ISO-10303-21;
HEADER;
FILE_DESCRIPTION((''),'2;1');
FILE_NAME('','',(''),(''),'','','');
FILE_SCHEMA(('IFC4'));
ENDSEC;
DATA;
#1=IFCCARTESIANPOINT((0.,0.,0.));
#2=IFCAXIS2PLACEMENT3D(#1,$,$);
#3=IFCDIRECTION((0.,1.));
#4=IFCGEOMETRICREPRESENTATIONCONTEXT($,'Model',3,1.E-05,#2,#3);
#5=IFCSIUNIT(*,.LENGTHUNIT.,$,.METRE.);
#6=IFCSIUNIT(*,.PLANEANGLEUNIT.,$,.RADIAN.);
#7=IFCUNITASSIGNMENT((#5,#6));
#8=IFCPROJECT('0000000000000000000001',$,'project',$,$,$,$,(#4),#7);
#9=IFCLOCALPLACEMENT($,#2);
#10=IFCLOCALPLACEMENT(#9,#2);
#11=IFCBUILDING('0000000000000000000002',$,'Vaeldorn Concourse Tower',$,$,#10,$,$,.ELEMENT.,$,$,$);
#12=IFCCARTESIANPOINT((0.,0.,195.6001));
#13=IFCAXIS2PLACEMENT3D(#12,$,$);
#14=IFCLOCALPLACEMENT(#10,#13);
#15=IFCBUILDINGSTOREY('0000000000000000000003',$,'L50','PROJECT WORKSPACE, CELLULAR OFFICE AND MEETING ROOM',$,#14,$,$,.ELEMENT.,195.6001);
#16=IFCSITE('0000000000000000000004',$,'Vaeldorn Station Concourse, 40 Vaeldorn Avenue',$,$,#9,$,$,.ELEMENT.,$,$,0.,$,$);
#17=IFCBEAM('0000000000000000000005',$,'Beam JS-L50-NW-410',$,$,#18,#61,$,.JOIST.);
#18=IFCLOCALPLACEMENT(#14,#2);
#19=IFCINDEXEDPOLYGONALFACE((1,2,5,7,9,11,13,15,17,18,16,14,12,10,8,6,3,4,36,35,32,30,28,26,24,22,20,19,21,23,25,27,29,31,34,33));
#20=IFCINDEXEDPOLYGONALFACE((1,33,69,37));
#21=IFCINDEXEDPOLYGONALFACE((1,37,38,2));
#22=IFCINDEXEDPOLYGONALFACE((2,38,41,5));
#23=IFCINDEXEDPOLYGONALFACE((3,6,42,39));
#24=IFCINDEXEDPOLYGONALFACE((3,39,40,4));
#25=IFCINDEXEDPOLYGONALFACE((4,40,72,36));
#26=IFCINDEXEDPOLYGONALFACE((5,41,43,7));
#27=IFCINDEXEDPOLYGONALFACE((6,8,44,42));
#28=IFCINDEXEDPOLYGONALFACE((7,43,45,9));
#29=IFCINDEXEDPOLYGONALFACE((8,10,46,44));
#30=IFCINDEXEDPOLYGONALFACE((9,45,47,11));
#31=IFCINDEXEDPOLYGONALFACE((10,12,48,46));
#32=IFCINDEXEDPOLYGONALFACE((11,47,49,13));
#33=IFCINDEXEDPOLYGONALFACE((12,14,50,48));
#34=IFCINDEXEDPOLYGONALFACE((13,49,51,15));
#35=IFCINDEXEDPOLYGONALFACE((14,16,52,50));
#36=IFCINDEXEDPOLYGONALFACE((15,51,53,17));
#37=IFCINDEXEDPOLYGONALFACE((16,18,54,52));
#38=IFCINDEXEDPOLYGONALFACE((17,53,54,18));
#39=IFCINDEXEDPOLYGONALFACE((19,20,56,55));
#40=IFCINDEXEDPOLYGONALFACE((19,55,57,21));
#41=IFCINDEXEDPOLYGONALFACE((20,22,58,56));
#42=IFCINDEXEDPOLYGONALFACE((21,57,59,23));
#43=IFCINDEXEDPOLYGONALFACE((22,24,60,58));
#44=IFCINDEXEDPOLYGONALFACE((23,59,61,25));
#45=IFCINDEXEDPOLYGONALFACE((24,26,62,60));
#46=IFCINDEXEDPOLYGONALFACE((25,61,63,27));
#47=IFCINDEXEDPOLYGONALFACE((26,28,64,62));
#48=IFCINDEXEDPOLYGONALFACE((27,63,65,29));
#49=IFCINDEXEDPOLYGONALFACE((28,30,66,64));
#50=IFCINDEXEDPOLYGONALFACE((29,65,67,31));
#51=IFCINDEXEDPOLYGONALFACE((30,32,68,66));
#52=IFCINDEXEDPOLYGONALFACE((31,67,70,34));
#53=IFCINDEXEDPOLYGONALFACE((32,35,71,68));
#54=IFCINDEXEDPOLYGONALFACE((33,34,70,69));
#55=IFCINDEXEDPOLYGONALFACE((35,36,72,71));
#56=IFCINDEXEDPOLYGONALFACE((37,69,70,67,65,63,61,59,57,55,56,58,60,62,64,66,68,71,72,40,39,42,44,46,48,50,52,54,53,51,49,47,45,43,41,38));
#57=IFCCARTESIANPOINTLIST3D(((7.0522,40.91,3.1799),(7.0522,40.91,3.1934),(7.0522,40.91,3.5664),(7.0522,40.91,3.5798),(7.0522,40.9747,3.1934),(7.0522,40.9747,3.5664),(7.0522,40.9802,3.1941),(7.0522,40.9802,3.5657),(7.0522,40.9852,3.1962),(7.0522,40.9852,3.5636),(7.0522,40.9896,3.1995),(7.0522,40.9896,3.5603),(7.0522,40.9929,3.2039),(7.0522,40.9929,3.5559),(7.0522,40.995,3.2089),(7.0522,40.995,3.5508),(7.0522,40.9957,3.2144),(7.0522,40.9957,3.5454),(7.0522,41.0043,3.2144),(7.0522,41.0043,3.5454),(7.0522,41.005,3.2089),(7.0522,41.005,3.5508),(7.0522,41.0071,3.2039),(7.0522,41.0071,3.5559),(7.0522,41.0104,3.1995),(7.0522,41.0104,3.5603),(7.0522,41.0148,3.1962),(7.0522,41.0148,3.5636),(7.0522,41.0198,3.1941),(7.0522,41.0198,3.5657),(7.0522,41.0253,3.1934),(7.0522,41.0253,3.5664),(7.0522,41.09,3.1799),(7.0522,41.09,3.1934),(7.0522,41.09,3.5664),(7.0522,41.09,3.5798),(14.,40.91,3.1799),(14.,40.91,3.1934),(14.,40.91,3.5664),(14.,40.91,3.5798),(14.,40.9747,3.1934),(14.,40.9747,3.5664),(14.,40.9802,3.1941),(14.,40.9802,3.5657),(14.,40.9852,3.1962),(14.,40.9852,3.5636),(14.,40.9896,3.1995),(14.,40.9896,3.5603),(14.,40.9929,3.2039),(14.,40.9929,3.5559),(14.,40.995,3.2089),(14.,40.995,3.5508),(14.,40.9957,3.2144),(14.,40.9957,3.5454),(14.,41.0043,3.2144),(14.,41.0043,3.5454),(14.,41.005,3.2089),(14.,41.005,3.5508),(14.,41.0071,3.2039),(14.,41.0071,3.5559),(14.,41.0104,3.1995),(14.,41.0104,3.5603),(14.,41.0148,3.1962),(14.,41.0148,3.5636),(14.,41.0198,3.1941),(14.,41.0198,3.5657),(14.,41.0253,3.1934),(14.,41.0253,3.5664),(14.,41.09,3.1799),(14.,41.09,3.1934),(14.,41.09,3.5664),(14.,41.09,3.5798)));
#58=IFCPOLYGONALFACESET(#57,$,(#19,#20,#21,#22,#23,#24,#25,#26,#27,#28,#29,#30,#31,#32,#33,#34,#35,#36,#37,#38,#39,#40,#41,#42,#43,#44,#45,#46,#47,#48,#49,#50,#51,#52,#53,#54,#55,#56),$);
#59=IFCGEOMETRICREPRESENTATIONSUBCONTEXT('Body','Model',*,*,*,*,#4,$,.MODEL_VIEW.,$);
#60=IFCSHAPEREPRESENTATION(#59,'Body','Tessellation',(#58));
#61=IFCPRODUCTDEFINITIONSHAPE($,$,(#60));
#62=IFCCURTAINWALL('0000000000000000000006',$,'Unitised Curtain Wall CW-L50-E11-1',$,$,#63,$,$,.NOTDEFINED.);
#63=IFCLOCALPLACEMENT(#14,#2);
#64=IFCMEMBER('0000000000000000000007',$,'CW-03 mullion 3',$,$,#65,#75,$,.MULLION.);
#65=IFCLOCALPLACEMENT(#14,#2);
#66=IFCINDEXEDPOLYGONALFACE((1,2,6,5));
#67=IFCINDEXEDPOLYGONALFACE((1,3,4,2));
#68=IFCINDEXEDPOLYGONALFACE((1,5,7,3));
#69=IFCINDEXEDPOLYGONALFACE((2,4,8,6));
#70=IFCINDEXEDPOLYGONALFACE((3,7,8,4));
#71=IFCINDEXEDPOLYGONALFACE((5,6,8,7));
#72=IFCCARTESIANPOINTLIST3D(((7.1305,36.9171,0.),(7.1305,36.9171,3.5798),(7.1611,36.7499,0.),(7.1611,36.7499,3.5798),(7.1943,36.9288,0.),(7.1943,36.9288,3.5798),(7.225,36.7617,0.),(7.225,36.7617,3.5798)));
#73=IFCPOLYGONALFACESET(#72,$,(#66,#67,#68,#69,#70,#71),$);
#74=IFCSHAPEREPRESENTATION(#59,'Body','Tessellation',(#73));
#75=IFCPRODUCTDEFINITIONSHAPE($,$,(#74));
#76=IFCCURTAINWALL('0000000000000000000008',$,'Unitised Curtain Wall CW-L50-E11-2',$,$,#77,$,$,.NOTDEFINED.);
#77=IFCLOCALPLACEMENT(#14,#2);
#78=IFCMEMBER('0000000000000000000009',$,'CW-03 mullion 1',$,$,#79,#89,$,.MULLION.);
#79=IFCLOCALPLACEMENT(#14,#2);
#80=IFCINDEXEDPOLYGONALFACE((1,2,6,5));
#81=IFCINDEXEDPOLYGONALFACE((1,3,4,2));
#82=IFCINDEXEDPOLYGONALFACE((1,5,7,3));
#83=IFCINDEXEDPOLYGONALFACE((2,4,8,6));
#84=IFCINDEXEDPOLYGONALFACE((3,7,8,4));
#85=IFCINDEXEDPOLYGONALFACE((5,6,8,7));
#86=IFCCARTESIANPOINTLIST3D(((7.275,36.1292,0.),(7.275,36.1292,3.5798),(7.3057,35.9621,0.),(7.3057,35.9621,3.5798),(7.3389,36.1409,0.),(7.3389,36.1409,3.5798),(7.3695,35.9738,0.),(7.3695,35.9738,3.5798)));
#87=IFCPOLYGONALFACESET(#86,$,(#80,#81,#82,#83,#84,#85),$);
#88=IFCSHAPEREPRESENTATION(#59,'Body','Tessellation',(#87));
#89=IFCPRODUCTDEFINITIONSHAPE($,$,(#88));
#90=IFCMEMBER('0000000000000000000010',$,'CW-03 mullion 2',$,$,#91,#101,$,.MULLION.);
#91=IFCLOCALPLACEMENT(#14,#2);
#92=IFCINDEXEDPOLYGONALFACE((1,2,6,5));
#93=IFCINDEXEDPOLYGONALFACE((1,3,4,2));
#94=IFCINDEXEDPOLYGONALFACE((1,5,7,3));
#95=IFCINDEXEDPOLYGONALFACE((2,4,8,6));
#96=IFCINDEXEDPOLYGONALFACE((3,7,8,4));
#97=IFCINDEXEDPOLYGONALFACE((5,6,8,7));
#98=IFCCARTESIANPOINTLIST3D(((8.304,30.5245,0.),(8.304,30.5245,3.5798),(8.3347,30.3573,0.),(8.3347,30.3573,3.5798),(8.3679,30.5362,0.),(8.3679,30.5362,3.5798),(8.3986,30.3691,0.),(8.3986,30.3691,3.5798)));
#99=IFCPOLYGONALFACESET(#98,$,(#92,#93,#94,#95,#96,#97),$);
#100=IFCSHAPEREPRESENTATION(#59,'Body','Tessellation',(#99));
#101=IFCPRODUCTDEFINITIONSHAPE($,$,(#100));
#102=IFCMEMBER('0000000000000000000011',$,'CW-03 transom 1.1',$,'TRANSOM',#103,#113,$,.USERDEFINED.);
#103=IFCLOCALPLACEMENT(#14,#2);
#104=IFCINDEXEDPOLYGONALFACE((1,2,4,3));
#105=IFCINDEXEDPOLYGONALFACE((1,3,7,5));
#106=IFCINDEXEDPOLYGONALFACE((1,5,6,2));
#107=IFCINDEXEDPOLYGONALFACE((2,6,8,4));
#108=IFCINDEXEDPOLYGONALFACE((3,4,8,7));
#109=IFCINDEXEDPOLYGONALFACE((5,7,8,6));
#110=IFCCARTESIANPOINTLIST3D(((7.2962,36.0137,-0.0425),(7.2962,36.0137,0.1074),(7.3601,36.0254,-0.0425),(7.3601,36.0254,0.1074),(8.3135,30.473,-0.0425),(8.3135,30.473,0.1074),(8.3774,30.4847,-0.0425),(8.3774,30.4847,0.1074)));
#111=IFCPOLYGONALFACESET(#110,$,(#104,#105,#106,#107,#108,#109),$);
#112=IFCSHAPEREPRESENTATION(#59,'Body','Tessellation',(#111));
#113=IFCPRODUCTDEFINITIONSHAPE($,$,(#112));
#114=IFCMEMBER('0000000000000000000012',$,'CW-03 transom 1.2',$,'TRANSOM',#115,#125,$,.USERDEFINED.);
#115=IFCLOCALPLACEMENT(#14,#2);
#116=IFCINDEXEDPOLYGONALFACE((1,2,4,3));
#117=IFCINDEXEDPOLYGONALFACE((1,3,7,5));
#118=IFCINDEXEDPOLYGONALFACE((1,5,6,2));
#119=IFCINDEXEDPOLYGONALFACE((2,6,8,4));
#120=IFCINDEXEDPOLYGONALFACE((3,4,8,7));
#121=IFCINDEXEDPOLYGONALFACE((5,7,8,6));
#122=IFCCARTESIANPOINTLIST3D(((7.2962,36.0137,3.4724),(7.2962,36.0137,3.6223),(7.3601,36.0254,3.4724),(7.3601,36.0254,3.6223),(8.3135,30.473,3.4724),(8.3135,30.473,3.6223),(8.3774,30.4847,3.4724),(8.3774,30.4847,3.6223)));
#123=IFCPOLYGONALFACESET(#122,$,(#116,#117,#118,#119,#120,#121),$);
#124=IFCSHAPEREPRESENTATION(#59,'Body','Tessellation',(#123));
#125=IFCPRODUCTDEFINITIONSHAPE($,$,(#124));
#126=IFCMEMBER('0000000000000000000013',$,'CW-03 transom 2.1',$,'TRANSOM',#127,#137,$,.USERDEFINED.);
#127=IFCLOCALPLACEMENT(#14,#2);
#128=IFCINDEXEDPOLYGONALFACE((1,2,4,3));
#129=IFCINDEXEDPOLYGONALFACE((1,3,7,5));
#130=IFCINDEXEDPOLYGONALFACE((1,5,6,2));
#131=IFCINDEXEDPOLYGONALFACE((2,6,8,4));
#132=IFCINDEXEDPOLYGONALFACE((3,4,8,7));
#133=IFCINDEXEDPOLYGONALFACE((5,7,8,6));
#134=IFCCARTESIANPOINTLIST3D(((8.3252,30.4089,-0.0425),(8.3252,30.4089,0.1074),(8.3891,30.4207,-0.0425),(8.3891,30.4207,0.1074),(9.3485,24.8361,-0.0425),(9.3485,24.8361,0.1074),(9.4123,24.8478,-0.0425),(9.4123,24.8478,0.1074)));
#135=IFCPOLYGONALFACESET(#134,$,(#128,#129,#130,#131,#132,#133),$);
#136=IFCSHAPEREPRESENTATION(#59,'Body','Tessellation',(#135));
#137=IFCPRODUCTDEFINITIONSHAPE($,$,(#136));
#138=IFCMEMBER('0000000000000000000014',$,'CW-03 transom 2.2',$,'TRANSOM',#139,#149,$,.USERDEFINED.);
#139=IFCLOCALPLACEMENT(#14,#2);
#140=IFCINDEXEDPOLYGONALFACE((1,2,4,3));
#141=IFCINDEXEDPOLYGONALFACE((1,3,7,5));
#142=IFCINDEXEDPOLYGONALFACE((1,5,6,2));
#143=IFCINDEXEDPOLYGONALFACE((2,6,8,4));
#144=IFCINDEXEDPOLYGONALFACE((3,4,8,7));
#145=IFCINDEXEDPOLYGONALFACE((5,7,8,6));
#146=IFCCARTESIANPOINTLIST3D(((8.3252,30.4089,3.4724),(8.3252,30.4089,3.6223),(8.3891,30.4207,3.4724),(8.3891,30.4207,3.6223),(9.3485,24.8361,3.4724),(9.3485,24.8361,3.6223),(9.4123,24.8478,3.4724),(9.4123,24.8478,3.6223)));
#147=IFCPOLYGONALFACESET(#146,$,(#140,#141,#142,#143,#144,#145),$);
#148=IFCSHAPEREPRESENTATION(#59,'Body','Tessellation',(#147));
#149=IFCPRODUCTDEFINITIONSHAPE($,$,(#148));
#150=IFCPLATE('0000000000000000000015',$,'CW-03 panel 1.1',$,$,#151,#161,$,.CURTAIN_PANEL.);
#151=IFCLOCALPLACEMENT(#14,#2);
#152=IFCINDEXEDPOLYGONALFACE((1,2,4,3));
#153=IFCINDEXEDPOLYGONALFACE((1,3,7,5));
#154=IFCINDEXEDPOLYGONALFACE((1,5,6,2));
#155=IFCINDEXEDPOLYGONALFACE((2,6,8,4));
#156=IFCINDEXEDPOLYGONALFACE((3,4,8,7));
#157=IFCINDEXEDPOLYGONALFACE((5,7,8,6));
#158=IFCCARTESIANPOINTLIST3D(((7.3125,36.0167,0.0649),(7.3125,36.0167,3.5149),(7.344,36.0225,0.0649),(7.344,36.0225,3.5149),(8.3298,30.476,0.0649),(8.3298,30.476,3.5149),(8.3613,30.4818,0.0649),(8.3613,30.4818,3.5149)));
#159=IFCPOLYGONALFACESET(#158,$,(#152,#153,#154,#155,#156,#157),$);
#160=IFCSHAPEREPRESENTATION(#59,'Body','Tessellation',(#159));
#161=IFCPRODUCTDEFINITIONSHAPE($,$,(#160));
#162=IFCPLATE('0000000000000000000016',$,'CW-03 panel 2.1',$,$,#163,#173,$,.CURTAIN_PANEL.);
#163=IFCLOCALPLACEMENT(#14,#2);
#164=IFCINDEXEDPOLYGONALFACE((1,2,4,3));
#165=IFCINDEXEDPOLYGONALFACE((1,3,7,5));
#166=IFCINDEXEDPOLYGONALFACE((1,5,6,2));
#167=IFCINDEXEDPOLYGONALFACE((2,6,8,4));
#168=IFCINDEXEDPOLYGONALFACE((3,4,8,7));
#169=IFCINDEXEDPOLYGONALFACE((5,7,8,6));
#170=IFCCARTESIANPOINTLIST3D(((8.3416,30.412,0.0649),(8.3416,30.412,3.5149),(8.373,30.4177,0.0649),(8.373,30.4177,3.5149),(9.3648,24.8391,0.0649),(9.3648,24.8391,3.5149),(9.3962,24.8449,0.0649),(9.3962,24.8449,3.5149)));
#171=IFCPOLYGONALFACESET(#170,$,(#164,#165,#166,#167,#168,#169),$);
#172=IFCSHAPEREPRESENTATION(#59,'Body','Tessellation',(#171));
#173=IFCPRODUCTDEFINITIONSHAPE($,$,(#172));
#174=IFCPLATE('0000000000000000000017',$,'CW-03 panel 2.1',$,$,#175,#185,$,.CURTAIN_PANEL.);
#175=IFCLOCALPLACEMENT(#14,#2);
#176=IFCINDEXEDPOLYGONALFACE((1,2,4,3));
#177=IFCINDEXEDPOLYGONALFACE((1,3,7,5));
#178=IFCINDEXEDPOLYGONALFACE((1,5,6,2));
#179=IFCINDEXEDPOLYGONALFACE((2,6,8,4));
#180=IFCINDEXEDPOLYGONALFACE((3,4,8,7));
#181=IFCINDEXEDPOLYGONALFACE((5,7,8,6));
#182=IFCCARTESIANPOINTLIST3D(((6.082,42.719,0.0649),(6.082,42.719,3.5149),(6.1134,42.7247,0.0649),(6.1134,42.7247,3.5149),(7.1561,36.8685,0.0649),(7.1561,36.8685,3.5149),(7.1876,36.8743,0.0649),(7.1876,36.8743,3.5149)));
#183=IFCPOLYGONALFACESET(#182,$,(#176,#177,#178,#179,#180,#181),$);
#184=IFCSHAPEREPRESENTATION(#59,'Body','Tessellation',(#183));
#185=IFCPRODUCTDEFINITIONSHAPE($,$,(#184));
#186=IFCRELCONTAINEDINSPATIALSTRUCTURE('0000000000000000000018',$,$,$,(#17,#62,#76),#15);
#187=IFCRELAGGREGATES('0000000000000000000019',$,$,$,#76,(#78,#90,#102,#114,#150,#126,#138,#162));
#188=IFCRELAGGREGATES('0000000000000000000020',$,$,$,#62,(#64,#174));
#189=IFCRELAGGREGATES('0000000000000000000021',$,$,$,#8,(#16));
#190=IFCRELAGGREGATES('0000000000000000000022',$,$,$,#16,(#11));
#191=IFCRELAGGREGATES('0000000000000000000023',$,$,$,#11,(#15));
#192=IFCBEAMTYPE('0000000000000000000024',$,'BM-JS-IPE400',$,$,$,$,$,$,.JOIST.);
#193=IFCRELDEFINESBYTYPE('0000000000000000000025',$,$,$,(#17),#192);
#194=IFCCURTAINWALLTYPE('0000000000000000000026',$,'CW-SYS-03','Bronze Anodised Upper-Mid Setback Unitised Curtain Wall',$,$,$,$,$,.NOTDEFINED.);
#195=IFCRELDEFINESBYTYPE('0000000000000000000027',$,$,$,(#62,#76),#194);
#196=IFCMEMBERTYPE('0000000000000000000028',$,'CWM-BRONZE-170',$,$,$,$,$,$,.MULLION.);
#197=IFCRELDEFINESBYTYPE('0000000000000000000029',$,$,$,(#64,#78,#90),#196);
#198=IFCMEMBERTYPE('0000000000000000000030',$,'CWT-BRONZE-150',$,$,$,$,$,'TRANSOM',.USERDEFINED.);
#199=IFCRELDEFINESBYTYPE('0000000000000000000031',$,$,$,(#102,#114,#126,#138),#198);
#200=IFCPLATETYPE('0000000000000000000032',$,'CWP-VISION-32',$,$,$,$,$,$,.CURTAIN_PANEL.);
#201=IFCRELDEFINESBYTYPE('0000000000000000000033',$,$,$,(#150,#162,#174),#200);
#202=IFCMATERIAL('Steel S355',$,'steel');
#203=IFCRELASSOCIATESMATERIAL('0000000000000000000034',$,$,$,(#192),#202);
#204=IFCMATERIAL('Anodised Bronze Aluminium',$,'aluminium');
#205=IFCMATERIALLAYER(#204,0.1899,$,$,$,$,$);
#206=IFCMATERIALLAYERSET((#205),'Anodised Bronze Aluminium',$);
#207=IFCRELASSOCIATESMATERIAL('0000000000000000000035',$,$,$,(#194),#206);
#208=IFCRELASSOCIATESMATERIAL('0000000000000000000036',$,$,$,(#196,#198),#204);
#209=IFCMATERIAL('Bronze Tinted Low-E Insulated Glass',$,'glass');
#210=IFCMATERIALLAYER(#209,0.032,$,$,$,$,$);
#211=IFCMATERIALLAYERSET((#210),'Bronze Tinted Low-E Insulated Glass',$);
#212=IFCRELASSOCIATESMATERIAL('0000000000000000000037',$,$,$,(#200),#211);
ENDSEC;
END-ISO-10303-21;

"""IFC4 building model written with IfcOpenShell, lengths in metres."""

from ifc_helpers import new_model, si_unit, direction, frame, origin, origin_2d, place, context, subcontext, project, spatial, rectangle, i_section, extrude, source, transform, mapped, material, layer, layer_set, material_profile, profile_set, type_object, element, aggregate, save


model = new_model("IFC4")

# Units and contexts
model_context = context("Model", 3, precision=1e-05, world=origin(), true_north=direction((0.0, 1.0)))
body_context = subcontext(model_context, "Body", "Model", "MODEL_VIEW")
ifc_project = project(units=[si_unit("LENGTHUNIT", "METRE"), si_unit("PLANEANGLEUNIT", "RADIAN")], contexts=[model_context])

# Site, building, storey
site_placement = place(None, origin())
site = spatial("IfcSite", under=ifc_project, at=site_placement, Name="Vaeldorn Station Concourse, 40 Vaeldorn Avenue", CompositionType="ELEMENT", RefElevation=0.0)
building_placement = place(site_placement, origin())
building = spatial("IfcBuilding", under=site, at=building_placement, Name="Vaeldorn Concourse Tower", CompositionType="ELEMENT")
storey_placement = place(building_placement, frame((0.0, 0.0, 195.6001)))
storey = spatial("IfcBuildingStorey", under=building, at=storey_placement, Name="L50", Description="PROJECT WORKSPACE, CELLULAR OFFICE AND MEETING ROOM", CompositionType="ELEMENT", Elevation=195.6001)

# Beam
ifc_material_1 = material(Name="Steel S355", Category="steel")
ifc_material_profile_1 = material_profile(ifc_material_1, i_section(OverallWidth=0.1799, OverallDepth=0.3999, WebThickness=0.0085, FlangeThickness=0.0134, FilletRadius=0.021, at=origin_2d()), Name="IPE 400")
ifc_profile_set_1 = profile_set([ifc_material_profile_1], Name="Steel S355")
beam_type_1 = type_object("IfcBeamType", Name="BM-JS-IPE400", PredefinedType="JOIST", material=ifc_profile_set_1)
shared_shape_1 = source(origin(), body_context, "Body", "SweptSolid", [
    extrude(i_section(OverallWidth=0.1799, OverallDepth=0.3999, WebThickness=0.0085, FlangeThickness=0.0134, FilletRadius=0.021, at=origin_2d()), origin(), (0.0, 0.0, 1.0), 6.9478),
])
beam_1_placement = place(storey_placement, frame((7.0522, 41.0, 3.3799), z_axis=(1.0, 0.0, 0.0), x_axis=(0.0, 1.0, 0.0)))
element("IfcBeam", 1, at=beam_1_placement, inside=storey, type_object=beam_type_1, Name="Beam JS-L50-NW-410", PredefinedType="JOIST", context=body_context, shape_type="MappedRepresentation", body=[
    mapped(shared_shape_1, transform((0.0, 0.0, 0.0), scale=1.0)),
])

# Curtain wall, member
ifc_material_2 = material(Name="Anodised Bronze Aluminium", Category="aluminium")
ifc_layer_1 = layer(ifc_material_2, 0.1899)
ifc_layer_set_1 = layer_set([ifc_layer_1], Name="Anodised Bronze Aluminium")
curtain_wall_type = type_object("IfcCurtainWallType", Name="CW-SYS-03", Description="Bronze Anodised Upper-Mid Setback Unitised Curtain Wall", PredefinedType="NOTDEFINED", material=ifc_layer_set_1)
curtain_wall_1_placement = place(storey_placement, origin())
curtain_wall_1 = element("IfcCurtainWall", 2, at=curtain_wall_1_placement, inside=storey, type_object=curtain_wall_type, Name="Unitised Curtain Wall CW-L50-E11-1", PredefinedType="NOTDEFINED")
ifc_material_profile_2 = material_profile(ifc_material_2, rectangle(XDim=0.0649, YDim=0.1699, at=origin_2d()), Name="CWM 65x170")
ifc_profile_set_2 = profile_set([ifc_material_profile_2], Name="Anodised Bronze Aluminium")
member_type_1 = type_object("IfcMemberType", Name="CWM-BRONZE-170", PredefinedType="MULLION", material=ifc_profile_set_2)
shared_shape_2 = source(origin(), body_context, "Body", "SweptSolid", [
    extrude(rectangle(XDim=0.0649, YDim=0.1699, at=origin_2d()), origin(), (0.0, 0.0, 1.0), 3.5798),
])
member_1_placement = place(storey_placement, frame((7.1777, 36.8394, 0.0), z_axis=(0.0, 0.0, 1.0), x_axis=(0.983559, 0.180585, 0.0)))
member_1 = element("IfcMember", 3, at=member_1_placement, type_object=member_type_1, Name="CW-03 mullion 3", PredefinedType="MULLION", context=body_context, shape_type="MappedRepresentation", body=[
    mapped(shared_shape_2, transform((0.0, 0.0, 0.0), scale=1.0)),
])

# Curtain wall, members, plates
curtain_wall_2_placement = place(storey_placement, origin())
curtain_wall_2 = element("IfcCurtainWall", 4, at=curtain_wall_2_placement, inside=storey, type_object=curtain_wall_type, Name="Unitised Curtain Wall CW-L50-E11-2", PredefinedType="NOTDEFINED")
member_2_placement = place(storey_placement, frame((7.3223, 36.0515, 0.0), z_axis=(0.0, 0.0, 1.0), x_axis=(0.983559, 0.180585, 0.0)))
member_2 = element("IfcMember", 5, at=member_2_placement, type_object=member_type_1, Name="CW-03 mullion 1", PredefinedType="MULLION", context=body_context, shape_type="MappedRepresentation", body=[
    mapped(shared_shape_2, transform((0.0, 0.0, 0.0), scale=1.0)),
])
member_3_placement = place(storey_placement, frame((8.3513, 30.4468, 0.0), z_axis=(0.0, 0.0, 1.0), x_axis=(0.983559, 0.180585, 0.0)))
member_3 = element("IfcMember", 6, at=member_3_placement, type_object=member_type_1, Name="CW-03 mullion 2", PredefinedType="MULLION", context=body_context, shape_type="MappedRepresentation", body=[
    mapped(shared_shape_2, transform((0.0, 0.0, 0.0), scale=1.0)),
])
ifc_material_profile_3 = material_profile(ifc_material_2, rectangle(XDim=0.0649, YDim=0.1499, at=origin_2d()), Name="CWT 65x150")
ifc_profile_set_3 = profile_set([ifc_material_profile_3], Name="Anodised Bronze Aluminium")
member_type_2 = type_object("IfcMemberType", Name="CWT-BRONZE-150", ElementType="TRANSOM", PredefinedType="USERDEFINED", material=ifc_profile_set_3)
shared_shape_3 = source(origin(), body_context, "Body", "SweptSolid", [
    extrude(rectangle(XDim=0.0649, YDim=0.1499, at=origin_2d()), origin(), (0.0, 0.0, 1.0), 5.6333),
])
member_4_placement = place(storey_placement, frame((7.3281, 36.0195, 0.0325), z_axis=(0.18059, -0.983558, 0.0), x_axis=(0.983558, 0.18059, 0.0)))
member_4 = element("IfcMember", 7, at=member_4_placement, type_object=member_type_2, Name="CW-03 transom 1.1", ObjectType="TRANSOM", PredefinedType="USERDEFINED", context=body_context, shape_type="MappedRepresentation", body=[
    mapped(shared_shape_3, transform((0.0, 0.0, 0.0), scale=1.0)),
])
member_5_placement = place(storey_placement, frame((7.3281, 36.0195, 3.5474), z_axis=(0.18059, -0.983558, 0.0), x_axis=(0.983558, 0.18059, 0.0)))
member_5 = element("IfcMember", 8, at=member_5_placement, type_object=member_type_2, Name="CW-03 transom 1.2", ObjectType="TRANSOM", PredefinedType="USERDEFINED", context=body_context, shape_type="MappedRepresentation", body=[
    mapped(shared_shape_3, transform((0.0, 0.0, 0.0), scale=1.0)),
])
shared_shape_4 = source(origin(), body_context, "Body", "SweptSolid", [
    extrude(rectangle(XDim=0.0649, YDim=0.1499, at=origin_2d()), origin(), (0.0, 0.0, 1.0), 5.666),
])
member_6_placement = place(storey_placement, frame((8.3572, 30.4148, 0.0325), z_axis=(0.180588, -0.983559, 0.0), x_axis=(0.983559, 0.180588, 0.0)))
member_6 = element("IfcMember", 9, at=member_6_placement, type_object=member_type_2, Name="CW-03 transom 2.1", ObjectType="TRANSOM", PredefinedType="USERDEFINED", context=body_context, shape_type="MappedRepresentation", body=[
    mapped(shared_shape_4, transform((0.0, 0.0, 0.0), scale=1.0)),
])
member_7_placement = place(storey_placement, frame((8.3572, 30.4148, 3.5474), z_axis=(0.180588, -0.983559, 0.0), x_axis=(0.983559, 0.180588, 0.0)))
member_7 = element("IfcMember", 10, at=member_7_placement, type_object=member_type_2, Name="CW-03 transom 2.2", ObjectType="TRANSOM", PredefinedType="USERDEFINED", context=body_context, shape_type="MappedRepresentation", body=[
    mapped(shared_shape_4, transform((0.0, 0.0, 0.0), scale=1.0)),
])
ifc_material_3 = material(Name="Bronze Tinted Low-E Insulated Glass", Category="glass")
ifc_layer_2 = layer(ifc_material_3, 0.032)
ifc_layer_set_2 = layer_set([ifc_layer_2], Name="Bronze Tinted Low-E Insulated Glass")
plate_type = type_object("IfcPlateType", Name="CWP-VISION-32", PredefinedType="CURTAIN_PANEL", material=ifc_layer_set_2)
shared_shape_5 = source(origin(), body_context, "Body", "SweptSolid", [
    extrude(rectangle(XDim=5.6333, YDim=0.032, at=origin_2d()), origin(), (0.0, 0.0, 1.0), 3.45),
])
plate_1_placement = place(storey_placement, frame((7.8369, 33.2493, 0.0649), z_axis=(0.0, 0.0, 1.0), x_axis=(0.180585, -0.983559, 0.0)))
plate_1 = element("IfcPlate", 11, at=plate_1_placement, type_object=plate_type, Name="CW-03 panel 1.1", PredefinedType="CURTAIN_PANEL", context=body_context, shape_type="MappedRepresentation", body=[
    mapped(shared_shape_5, transform((0.0, 0.0, 0.0), scale=1.0)),
])
shared_shape_6 = source(origin(), body_context, "Body", "SweptSolid", [
    extrude(rectangle(XDim=5.666, YDim=0.032, at=origin_2d()), origin(), (0.0, 0.0, 1.0), 3.45),
])
plate_2_placement = place(storey_placement, frame((8.8689, 27.6284, 0.0649), z_axis=(0.0, 0.0, 1.0), x_axis=(0.180585, -0.983559, 0.0)))
plate_2 = element("IfcPlate", 12, at=plate_2_placement, type_object=plate_type, Name="CW-03 panel 2.1", PredefinedType="CURTAIN_PANEL", context=body_context, shape_type="MappedRepresentation", body=[
    mapped(shared_shape_6, transform((0.0, 0.0, 0.0), scale=1.0)),
])
aggregate(curtain_wall_2, [member_2, member_3, member_4, member_5, plate_1, member_6, member_7, plate_2])

# Plate
shared_shape_7 = source(origin(), body_context, "Body", "SweptSolid", [
    extrude(rectangle(XDim=5.9482, YDim=0.032, at=origin_2d()), origin(), (0.0, 0.0, 1.0), 3.45),
])
plate_3_placement = place(storey_placement, frame((6.6348, 39.7966, 0.0649), z_axis=(0.0, 0.0, 1.0), x_axis=(0.180585, -0.983559, 0.0)))
plate_3 = element("IfcPlate", 13, at=plate_3_placement, type_object=plate_type, Name="CW-03 panel 2.1", PredefinedType="CURTAIN_PANEL", context=body_context, shape_type="MappedRepresentation", body=[
    mapped(shared_shape_7, transform((0.0, 0.0, 0.0), scale=1.0)),
])
aggregate(curtain_wall_1, [member_1, plate_3])

save(model, "model.ifc")
